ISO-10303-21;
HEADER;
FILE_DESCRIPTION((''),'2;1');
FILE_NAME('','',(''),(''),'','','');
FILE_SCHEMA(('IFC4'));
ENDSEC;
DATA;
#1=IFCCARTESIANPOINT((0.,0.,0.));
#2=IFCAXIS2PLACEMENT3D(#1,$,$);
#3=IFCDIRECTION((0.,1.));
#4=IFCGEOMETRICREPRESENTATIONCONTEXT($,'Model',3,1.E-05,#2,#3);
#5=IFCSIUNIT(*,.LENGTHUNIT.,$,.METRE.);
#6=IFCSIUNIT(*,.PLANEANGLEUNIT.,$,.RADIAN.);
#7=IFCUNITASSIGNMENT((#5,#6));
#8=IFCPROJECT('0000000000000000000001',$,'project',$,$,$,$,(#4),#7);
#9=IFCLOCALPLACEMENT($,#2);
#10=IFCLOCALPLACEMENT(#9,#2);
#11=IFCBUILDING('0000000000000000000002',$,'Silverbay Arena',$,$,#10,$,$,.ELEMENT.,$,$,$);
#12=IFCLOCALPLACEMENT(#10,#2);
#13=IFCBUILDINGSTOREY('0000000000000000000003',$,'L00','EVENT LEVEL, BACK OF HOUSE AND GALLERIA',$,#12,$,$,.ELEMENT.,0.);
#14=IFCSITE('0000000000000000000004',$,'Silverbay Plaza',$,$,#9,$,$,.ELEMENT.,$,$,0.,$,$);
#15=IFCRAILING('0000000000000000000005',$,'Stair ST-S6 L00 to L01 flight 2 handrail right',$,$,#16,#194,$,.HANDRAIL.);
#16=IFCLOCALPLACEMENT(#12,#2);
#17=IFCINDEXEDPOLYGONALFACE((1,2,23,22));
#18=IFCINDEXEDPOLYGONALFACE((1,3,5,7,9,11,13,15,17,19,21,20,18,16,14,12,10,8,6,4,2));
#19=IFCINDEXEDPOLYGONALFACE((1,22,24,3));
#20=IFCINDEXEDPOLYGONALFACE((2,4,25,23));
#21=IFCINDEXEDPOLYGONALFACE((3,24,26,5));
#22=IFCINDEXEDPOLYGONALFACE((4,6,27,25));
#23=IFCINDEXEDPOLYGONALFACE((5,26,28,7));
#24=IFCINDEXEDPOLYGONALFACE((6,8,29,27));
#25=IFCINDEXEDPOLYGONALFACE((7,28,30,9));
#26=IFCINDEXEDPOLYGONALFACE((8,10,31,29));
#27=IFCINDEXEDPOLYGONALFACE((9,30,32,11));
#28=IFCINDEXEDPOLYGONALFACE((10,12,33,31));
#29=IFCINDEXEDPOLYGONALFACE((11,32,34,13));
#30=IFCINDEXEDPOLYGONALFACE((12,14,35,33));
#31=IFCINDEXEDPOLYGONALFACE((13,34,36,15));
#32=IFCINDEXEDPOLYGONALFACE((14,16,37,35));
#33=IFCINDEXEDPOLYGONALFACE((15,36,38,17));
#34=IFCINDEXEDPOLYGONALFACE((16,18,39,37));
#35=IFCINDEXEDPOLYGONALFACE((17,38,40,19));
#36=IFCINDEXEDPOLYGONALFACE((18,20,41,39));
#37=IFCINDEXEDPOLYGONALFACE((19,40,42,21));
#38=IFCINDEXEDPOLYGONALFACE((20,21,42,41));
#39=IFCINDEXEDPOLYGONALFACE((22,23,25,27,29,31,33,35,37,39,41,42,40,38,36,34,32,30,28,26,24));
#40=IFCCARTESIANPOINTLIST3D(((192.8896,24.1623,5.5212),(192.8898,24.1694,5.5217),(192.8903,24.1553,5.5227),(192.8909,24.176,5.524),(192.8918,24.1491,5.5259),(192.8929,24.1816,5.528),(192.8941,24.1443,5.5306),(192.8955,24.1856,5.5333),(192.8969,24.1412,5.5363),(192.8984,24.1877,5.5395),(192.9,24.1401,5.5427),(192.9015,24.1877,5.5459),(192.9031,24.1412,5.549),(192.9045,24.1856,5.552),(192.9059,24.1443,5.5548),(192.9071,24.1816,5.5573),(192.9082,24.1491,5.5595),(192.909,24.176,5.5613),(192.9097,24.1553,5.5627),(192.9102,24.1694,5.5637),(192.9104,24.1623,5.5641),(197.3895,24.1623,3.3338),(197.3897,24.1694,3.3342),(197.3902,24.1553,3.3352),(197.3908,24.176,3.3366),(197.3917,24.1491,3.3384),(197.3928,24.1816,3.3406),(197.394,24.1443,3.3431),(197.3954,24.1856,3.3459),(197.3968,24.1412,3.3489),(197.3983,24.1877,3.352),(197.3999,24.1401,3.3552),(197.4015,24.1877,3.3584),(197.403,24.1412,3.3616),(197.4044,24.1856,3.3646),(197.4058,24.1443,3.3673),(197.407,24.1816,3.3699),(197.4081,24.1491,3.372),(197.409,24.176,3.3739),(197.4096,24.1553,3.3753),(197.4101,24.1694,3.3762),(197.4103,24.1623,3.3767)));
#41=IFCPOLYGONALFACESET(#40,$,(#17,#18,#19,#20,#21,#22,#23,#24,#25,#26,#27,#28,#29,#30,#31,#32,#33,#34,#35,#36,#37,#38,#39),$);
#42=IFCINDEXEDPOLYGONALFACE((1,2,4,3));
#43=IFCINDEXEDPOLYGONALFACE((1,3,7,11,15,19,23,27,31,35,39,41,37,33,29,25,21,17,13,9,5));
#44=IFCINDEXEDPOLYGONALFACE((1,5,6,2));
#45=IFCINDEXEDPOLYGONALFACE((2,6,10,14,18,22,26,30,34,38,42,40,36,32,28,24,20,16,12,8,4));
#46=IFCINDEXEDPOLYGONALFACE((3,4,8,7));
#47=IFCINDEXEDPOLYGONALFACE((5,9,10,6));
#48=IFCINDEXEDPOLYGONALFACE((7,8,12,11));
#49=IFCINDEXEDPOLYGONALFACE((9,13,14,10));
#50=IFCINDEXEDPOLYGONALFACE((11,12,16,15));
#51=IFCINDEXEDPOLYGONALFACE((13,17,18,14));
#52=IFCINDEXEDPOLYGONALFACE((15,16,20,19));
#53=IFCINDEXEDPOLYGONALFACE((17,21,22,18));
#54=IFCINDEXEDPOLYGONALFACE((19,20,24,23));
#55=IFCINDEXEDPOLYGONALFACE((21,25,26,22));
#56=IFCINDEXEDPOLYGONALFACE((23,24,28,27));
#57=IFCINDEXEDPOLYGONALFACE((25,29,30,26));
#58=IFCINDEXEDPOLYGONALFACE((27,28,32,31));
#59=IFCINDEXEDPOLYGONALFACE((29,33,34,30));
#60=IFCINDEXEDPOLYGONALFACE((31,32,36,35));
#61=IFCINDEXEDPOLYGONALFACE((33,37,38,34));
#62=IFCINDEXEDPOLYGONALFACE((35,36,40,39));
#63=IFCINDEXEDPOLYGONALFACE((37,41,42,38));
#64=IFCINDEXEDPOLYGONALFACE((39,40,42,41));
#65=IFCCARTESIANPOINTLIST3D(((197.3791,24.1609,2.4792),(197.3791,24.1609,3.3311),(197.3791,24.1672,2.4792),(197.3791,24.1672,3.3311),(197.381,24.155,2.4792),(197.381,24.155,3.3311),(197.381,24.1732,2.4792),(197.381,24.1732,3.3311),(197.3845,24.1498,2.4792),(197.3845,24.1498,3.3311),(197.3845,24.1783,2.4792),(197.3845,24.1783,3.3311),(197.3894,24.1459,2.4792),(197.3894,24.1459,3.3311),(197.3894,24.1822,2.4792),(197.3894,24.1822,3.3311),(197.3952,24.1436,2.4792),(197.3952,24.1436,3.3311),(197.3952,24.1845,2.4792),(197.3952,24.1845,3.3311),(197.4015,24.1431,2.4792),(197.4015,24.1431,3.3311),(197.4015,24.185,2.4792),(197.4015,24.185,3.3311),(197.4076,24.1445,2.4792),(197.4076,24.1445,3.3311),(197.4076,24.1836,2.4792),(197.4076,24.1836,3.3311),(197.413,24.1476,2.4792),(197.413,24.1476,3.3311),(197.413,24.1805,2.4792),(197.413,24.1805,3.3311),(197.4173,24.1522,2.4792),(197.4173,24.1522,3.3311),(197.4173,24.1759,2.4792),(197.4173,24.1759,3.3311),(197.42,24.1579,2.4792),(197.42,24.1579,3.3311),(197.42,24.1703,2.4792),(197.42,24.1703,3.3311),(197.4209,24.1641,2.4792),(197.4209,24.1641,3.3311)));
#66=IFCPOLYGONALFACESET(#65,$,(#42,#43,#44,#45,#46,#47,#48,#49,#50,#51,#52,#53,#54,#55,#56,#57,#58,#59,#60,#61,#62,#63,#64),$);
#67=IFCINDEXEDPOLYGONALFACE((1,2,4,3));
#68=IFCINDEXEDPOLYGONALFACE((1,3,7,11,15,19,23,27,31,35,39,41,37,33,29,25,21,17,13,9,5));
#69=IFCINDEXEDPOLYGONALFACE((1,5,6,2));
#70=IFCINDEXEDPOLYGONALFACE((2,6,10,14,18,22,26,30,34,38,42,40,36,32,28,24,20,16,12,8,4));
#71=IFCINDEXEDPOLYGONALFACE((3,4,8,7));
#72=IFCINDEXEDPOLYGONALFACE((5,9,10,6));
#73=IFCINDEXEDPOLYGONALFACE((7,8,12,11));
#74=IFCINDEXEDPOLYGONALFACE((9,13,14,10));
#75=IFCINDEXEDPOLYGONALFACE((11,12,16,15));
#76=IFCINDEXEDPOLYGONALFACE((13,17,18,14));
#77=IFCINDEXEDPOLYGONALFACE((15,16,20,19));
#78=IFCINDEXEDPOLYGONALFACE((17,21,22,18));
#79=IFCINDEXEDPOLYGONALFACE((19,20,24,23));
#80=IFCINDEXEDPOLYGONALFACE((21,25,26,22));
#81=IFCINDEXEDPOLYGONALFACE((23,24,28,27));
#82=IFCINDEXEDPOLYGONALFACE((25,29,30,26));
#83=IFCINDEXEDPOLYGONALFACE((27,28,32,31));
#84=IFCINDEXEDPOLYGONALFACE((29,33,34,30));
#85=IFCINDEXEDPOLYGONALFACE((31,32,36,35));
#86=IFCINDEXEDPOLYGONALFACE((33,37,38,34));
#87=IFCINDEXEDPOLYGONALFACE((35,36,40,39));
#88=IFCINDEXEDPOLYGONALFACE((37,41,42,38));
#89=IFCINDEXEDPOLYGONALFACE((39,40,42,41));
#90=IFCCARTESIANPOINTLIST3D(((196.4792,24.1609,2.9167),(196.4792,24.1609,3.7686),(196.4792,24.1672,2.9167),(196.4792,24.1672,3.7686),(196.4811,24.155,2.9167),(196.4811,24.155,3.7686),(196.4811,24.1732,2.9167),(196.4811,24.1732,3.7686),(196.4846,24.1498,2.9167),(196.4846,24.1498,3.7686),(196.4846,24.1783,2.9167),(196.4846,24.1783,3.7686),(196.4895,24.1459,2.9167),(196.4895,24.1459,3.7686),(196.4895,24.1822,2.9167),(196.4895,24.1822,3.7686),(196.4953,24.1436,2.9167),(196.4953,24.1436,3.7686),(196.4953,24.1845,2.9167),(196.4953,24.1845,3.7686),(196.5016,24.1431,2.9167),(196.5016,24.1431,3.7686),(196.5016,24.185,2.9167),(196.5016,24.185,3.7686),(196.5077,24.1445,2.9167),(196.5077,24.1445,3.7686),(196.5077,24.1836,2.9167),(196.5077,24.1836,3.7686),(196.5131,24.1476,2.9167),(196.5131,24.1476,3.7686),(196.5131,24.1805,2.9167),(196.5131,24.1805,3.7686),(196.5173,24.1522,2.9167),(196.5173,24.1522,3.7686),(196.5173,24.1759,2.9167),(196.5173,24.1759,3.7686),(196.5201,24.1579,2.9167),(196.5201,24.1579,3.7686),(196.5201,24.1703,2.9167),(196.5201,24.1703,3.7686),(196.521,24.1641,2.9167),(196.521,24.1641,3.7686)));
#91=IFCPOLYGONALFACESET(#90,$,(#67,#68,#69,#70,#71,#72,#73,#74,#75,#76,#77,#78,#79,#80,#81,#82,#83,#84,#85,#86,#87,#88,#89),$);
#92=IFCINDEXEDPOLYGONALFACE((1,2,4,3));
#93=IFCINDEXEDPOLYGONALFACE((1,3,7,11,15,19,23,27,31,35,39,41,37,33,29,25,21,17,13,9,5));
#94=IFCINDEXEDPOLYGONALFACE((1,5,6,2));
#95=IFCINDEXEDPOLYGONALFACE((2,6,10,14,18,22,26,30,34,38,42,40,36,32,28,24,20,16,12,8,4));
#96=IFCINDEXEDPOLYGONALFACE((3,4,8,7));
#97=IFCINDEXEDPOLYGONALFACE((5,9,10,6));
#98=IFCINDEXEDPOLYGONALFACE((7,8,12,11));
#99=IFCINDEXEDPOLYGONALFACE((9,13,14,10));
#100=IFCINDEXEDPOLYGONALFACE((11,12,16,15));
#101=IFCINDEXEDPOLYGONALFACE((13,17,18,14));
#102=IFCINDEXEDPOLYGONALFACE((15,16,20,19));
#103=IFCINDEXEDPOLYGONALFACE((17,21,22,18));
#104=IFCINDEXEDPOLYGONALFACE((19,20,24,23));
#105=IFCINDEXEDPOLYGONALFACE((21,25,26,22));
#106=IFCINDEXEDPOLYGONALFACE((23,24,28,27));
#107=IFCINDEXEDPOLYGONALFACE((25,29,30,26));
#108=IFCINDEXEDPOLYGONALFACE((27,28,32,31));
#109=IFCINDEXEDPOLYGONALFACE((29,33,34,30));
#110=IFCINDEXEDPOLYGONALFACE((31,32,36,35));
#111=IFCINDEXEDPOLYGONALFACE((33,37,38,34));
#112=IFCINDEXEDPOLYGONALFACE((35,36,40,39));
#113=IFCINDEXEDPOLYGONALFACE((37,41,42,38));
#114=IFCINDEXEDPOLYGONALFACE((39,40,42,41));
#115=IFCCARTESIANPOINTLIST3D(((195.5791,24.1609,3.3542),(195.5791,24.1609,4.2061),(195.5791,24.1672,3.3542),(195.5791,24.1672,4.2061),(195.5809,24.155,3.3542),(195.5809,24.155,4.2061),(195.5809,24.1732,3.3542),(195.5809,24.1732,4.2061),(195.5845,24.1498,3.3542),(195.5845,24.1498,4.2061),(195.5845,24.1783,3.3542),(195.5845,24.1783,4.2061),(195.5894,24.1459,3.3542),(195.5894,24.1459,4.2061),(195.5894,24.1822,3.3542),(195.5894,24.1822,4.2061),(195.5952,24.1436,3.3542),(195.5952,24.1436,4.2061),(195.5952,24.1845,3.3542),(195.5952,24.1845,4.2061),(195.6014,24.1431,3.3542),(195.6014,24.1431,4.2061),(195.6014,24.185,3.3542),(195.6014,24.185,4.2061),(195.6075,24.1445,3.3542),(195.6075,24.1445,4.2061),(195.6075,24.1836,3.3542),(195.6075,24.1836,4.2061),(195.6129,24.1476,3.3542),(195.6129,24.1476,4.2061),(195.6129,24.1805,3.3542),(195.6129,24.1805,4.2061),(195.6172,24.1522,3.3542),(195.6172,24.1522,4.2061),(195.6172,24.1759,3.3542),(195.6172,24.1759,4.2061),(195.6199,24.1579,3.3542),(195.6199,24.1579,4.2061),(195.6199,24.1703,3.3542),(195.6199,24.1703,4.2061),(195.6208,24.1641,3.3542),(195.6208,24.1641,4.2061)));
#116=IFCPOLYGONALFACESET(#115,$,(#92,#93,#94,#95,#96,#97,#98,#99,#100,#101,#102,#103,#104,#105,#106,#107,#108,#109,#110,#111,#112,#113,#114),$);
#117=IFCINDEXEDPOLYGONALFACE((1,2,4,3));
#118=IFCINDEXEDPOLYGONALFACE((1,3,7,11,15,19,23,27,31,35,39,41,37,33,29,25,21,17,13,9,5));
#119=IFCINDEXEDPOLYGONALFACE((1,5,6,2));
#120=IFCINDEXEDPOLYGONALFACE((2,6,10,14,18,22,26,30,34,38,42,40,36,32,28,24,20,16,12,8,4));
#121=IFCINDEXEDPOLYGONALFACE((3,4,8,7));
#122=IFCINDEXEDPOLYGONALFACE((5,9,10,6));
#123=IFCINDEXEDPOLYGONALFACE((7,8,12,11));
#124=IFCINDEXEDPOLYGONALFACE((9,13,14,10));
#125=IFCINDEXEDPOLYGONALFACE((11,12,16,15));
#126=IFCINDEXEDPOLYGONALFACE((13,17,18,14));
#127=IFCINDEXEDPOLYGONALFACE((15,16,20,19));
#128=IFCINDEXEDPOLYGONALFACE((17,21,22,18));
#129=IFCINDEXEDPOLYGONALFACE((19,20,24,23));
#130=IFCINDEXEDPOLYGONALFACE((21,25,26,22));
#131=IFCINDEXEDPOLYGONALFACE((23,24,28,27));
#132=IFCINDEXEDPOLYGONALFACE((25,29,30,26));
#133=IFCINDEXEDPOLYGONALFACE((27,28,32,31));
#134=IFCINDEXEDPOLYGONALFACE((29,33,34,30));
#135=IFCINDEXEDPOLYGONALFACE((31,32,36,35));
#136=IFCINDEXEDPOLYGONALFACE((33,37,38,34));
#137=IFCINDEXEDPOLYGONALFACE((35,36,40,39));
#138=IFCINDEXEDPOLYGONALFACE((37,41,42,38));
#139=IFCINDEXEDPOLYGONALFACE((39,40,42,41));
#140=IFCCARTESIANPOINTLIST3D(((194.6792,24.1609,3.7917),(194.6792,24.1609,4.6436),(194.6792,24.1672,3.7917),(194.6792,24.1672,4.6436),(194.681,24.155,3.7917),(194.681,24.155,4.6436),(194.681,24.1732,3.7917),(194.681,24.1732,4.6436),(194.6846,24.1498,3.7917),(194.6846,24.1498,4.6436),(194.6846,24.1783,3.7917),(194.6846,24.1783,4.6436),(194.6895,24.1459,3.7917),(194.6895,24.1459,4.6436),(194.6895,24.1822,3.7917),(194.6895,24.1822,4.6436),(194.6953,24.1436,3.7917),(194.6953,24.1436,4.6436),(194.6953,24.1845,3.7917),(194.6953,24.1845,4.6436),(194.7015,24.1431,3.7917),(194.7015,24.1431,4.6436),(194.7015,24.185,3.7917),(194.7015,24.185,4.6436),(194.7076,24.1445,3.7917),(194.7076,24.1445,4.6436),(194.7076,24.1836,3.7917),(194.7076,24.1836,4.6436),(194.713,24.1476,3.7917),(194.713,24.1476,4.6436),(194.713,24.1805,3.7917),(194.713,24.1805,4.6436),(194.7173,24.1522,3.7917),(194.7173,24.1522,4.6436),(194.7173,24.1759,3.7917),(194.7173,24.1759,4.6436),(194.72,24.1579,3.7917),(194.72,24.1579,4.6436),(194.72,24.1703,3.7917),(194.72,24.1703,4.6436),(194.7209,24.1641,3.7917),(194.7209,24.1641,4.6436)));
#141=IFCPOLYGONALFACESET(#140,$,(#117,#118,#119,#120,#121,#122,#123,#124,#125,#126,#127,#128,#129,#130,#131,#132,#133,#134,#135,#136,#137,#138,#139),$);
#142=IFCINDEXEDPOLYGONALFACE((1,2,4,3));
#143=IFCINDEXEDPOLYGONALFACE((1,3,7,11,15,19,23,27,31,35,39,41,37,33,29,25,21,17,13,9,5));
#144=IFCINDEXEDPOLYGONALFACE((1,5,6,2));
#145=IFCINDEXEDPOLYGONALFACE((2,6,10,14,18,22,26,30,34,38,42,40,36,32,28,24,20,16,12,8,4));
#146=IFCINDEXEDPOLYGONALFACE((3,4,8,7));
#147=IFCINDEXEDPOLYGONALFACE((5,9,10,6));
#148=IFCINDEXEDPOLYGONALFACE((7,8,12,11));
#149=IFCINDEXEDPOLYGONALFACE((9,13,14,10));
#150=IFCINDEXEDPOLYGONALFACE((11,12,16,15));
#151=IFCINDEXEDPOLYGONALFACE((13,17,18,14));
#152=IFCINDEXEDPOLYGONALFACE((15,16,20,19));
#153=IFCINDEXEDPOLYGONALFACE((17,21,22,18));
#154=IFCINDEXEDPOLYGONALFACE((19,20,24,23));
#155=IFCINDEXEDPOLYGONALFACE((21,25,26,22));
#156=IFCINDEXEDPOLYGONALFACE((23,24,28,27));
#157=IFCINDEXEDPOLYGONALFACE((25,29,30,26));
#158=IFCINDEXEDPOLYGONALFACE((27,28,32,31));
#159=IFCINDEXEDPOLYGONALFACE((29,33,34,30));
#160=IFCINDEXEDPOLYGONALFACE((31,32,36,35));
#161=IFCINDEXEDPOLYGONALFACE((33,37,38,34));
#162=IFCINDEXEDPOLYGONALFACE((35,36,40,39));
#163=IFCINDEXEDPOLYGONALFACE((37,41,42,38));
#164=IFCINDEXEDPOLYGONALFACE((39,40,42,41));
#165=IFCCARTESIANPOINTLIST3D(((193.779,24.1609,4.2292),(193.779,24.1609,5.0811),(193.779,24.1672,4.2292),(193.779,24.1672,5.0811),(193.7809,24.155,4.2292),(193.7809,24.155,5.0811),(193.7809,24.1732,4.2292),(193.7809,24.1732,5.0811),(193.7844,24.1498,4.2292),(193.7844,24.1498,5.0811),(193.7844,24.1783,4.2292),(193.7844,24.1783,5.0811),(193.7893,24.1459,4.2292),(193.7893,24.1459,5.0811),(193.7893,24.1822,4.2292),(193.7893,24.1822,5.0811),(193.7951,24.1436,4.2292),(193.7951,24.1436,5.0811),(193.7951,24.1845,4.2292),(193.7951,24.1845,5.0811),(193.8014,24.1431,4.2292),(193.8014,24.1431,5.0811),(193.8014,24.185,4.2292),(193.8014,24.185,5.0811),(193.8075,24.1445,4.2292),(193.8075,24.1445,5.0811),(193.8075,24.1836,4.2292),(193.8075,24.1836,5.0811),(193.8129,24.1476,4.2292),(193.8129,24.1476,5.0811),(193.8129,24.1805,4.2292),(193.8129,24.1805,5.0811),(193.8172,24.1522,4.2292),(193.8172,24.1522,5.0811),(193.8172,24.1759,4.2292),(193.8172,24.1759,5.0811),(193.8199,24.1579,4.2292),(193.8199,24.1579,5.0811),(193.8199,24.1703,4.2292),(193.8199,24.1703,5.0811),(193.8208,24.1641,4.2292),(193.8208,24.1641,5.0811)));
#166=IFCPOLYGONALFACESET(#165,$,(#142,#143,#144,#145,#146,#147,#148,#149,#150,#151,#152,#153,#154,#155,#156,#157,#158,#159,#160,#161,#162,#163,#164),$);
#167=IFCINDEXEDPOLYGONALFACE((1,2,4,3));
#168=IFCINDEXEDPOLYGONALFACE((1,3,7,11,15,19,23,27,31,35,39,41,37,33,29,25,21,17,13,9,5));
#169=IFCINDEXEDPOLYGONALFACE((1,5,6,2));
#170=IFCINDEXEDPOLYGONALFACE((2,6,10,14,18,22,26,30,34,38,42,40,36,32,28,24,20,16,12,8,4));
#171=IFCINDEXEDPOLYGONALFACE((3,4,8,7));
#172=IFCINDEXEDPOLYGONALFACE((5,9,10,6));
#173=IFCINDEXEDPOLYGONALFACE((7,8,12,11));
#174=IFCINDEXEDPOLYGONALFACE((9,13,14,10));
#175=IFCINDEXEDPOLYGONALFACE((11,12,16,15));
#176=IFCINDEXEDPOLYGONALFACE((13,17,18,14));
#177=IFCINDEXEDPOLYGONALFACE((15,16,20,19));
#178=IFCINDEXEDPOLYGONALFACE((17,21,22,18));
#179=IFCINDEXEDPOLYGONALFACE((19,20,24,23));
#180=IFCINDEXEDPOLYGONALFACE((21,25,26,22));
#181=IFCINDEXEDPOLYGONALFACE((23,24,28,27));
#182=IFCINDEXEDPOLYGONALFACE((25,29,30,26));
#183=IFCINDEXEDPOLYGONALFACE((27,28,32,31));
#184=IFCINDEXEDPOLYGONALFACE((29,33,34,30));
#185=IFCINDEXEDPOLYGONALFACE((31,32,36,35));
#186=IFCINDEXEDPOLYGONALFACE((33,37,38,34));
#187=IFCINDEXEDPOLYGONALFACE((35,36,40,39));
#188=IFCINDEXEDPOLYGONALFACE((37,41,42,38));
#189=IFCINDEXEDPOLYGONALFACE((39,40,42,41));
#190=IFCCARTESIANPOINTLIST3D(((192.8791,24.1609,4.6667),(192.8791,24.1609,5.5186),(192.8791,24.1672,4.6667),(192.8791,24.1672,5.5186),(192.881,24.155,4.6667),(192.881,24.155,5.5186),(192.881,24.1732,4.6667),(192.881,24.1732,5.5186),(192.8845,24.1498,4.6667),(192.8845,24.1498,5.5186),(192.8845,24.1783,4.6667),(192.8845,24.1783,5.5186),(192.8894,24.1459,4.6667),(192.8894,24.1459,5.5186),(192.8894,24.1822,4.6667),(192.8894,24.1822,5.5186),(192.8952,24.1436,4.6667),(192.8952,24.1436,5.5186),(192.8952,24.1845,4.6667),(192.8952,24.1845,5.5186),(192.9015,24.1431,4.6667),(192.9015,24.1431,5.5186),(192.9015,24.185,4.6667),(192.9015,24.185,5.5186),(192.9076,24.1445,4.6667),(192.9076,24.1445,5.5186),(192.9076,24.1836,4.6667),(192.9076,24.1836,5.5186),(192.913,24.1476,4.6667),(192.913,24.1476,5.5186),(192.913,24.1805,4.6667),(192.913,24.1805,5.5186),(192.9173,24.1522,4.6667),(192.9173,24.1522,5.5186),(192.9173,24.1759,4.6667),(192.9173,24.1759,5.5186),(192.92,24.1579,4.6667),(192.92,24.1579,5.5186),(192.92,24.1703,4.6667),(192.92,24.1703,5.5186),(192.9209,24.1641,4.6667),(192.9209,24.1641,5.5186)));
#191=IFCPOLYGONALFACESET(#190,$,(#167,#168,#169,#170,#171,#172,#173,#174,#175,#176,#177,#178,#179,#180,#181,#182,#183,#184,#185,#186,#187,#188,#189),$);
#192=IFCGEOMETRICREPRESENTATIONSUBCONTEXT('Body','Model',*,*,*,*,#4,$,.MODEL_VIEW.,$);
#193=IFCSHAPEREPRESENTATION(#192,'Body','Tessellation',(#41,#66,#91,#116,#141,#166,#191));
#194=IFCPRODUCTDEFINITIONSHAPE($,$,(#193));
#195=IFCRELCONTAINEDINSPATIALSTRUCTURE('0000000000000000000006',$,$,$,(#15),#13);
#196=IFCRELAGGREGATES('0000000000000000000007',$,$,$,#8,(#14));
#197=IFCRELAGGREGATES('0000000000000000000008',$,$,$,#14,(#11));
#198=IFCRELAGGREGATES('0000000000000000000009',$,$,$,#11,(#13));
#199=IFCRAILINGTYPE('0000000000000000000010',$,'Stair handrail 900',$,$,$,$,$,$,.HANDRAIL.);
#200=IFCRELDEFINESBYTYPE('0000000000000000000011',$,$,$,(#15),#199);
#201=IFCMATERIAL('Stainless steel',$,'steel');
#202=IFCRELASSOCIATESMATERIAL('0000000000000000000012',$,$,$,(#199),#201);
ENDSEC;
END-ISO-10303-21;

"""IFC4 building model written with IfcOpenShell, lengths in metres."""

from ifc_helpers import new_model, si_unit, direction, frame, origin, origin_2d, place, context, subcontext, project, spatial, circle, extrude, material, type_object, element, save


model = new_model("IFC4")

# Units and contexts
model_context = context("Model", 3, precision=1e-05, world=origin(), true_north=direction((0.0, 1.0)))
body_context = subcontext(model_context, "Body", "Model", "MODEL_VIEW")
ifc_project = project(units=[si_unit("LENGTHUNIT", "METRE"), si_unit("PLANEANGLEUNIT", "RADIAN")], contexts=[model_context])

# Site, building, storey
site_placement = place(None, origin())
site = spatial("IfcSite", under=ifc_project, at=site_placement, Name="Silverbay Plaza", CompositionType="ELEMENT", RefElevation=0.0)
building_placement = place(site_placement, origin())
building = spatial("IfcBuilding", under=site, at=building_placement, Name="Silverbay Arena", CompositionType="ELEMENT")
storey_placement = place(building_placement, origin())
storey = spatial("IfcBuildingStorey", under=building, at=storey_placement, Name="L00", Description="EVENT LEVEL, BACK OF HOUSE AND GALLERIA", CompositionType="ELEMENT", Elevation=0.0)

# Railing
ifc_material_1 = material(Name="Stainless steel", Category="steel")
railing_type_1 = type_object("IfcRailingType", Name="Stair handrail 900", PredefinedType="HANDRAIL", material=ifc_material_1)
for number, where, name in (
    (1, (197.3999, 24.1641, 2.4792), "Stair ST-S6 L00 to L01 flight 2 handrail right"),
):
    element("IfcRailing", number, at=place(storey_placement, frame(where)), inside=storey, type_object=railing_type_1, Name=name, PredefinedType="HANDRAIL", context=body_context, shape_type="SweptSolid", body=[
        extrude(circle(Radius=0.0239, at=origin_2d()), frame((0.0, 0.0, 0.876), z_axis=(-0.899368, 0.0, 0.437193), x_axis=(0.0, -1.0, 0.0)), (0.0, 0.0, 1.0), 5.0034),
        extrude(circle(Radius=0.021, at=origin_2d()), origin(), (0.0, 0.0, 1.0), 0.8518),
        extrude(circle(Radius=0.021, at=origin_2d()), frame((-0.8999, 0.0, 0.4375)), (0.0, 0.0, 1.0), 0.8518),
        extrude(circle(Radius=0.021, at=origin_2d()), frame((-1.8, 0.0, 0.875)), (0.0, 0.0, 1.0), 0.8518),
        extrude(circle(Radius=0.021, at=origin_2d()), frame((-2.7, 0.0, 1.3125)), (0.0, 0.0, 1.0), 0.8518),
        extrude(circle(Radius=0.021, at=origin_2d()), frame((-3.6001, 0.0, 1.75)), (0.0, 0.0, 1.0), 0.8518),
        extrude(circle(Radius=0.021, at=origin_2d()), frame((-4.5, 0.0, 2.1875)), (0.0, 0.0, 1.0), 0.8518),
    ])

save(model, "model.ifc")
